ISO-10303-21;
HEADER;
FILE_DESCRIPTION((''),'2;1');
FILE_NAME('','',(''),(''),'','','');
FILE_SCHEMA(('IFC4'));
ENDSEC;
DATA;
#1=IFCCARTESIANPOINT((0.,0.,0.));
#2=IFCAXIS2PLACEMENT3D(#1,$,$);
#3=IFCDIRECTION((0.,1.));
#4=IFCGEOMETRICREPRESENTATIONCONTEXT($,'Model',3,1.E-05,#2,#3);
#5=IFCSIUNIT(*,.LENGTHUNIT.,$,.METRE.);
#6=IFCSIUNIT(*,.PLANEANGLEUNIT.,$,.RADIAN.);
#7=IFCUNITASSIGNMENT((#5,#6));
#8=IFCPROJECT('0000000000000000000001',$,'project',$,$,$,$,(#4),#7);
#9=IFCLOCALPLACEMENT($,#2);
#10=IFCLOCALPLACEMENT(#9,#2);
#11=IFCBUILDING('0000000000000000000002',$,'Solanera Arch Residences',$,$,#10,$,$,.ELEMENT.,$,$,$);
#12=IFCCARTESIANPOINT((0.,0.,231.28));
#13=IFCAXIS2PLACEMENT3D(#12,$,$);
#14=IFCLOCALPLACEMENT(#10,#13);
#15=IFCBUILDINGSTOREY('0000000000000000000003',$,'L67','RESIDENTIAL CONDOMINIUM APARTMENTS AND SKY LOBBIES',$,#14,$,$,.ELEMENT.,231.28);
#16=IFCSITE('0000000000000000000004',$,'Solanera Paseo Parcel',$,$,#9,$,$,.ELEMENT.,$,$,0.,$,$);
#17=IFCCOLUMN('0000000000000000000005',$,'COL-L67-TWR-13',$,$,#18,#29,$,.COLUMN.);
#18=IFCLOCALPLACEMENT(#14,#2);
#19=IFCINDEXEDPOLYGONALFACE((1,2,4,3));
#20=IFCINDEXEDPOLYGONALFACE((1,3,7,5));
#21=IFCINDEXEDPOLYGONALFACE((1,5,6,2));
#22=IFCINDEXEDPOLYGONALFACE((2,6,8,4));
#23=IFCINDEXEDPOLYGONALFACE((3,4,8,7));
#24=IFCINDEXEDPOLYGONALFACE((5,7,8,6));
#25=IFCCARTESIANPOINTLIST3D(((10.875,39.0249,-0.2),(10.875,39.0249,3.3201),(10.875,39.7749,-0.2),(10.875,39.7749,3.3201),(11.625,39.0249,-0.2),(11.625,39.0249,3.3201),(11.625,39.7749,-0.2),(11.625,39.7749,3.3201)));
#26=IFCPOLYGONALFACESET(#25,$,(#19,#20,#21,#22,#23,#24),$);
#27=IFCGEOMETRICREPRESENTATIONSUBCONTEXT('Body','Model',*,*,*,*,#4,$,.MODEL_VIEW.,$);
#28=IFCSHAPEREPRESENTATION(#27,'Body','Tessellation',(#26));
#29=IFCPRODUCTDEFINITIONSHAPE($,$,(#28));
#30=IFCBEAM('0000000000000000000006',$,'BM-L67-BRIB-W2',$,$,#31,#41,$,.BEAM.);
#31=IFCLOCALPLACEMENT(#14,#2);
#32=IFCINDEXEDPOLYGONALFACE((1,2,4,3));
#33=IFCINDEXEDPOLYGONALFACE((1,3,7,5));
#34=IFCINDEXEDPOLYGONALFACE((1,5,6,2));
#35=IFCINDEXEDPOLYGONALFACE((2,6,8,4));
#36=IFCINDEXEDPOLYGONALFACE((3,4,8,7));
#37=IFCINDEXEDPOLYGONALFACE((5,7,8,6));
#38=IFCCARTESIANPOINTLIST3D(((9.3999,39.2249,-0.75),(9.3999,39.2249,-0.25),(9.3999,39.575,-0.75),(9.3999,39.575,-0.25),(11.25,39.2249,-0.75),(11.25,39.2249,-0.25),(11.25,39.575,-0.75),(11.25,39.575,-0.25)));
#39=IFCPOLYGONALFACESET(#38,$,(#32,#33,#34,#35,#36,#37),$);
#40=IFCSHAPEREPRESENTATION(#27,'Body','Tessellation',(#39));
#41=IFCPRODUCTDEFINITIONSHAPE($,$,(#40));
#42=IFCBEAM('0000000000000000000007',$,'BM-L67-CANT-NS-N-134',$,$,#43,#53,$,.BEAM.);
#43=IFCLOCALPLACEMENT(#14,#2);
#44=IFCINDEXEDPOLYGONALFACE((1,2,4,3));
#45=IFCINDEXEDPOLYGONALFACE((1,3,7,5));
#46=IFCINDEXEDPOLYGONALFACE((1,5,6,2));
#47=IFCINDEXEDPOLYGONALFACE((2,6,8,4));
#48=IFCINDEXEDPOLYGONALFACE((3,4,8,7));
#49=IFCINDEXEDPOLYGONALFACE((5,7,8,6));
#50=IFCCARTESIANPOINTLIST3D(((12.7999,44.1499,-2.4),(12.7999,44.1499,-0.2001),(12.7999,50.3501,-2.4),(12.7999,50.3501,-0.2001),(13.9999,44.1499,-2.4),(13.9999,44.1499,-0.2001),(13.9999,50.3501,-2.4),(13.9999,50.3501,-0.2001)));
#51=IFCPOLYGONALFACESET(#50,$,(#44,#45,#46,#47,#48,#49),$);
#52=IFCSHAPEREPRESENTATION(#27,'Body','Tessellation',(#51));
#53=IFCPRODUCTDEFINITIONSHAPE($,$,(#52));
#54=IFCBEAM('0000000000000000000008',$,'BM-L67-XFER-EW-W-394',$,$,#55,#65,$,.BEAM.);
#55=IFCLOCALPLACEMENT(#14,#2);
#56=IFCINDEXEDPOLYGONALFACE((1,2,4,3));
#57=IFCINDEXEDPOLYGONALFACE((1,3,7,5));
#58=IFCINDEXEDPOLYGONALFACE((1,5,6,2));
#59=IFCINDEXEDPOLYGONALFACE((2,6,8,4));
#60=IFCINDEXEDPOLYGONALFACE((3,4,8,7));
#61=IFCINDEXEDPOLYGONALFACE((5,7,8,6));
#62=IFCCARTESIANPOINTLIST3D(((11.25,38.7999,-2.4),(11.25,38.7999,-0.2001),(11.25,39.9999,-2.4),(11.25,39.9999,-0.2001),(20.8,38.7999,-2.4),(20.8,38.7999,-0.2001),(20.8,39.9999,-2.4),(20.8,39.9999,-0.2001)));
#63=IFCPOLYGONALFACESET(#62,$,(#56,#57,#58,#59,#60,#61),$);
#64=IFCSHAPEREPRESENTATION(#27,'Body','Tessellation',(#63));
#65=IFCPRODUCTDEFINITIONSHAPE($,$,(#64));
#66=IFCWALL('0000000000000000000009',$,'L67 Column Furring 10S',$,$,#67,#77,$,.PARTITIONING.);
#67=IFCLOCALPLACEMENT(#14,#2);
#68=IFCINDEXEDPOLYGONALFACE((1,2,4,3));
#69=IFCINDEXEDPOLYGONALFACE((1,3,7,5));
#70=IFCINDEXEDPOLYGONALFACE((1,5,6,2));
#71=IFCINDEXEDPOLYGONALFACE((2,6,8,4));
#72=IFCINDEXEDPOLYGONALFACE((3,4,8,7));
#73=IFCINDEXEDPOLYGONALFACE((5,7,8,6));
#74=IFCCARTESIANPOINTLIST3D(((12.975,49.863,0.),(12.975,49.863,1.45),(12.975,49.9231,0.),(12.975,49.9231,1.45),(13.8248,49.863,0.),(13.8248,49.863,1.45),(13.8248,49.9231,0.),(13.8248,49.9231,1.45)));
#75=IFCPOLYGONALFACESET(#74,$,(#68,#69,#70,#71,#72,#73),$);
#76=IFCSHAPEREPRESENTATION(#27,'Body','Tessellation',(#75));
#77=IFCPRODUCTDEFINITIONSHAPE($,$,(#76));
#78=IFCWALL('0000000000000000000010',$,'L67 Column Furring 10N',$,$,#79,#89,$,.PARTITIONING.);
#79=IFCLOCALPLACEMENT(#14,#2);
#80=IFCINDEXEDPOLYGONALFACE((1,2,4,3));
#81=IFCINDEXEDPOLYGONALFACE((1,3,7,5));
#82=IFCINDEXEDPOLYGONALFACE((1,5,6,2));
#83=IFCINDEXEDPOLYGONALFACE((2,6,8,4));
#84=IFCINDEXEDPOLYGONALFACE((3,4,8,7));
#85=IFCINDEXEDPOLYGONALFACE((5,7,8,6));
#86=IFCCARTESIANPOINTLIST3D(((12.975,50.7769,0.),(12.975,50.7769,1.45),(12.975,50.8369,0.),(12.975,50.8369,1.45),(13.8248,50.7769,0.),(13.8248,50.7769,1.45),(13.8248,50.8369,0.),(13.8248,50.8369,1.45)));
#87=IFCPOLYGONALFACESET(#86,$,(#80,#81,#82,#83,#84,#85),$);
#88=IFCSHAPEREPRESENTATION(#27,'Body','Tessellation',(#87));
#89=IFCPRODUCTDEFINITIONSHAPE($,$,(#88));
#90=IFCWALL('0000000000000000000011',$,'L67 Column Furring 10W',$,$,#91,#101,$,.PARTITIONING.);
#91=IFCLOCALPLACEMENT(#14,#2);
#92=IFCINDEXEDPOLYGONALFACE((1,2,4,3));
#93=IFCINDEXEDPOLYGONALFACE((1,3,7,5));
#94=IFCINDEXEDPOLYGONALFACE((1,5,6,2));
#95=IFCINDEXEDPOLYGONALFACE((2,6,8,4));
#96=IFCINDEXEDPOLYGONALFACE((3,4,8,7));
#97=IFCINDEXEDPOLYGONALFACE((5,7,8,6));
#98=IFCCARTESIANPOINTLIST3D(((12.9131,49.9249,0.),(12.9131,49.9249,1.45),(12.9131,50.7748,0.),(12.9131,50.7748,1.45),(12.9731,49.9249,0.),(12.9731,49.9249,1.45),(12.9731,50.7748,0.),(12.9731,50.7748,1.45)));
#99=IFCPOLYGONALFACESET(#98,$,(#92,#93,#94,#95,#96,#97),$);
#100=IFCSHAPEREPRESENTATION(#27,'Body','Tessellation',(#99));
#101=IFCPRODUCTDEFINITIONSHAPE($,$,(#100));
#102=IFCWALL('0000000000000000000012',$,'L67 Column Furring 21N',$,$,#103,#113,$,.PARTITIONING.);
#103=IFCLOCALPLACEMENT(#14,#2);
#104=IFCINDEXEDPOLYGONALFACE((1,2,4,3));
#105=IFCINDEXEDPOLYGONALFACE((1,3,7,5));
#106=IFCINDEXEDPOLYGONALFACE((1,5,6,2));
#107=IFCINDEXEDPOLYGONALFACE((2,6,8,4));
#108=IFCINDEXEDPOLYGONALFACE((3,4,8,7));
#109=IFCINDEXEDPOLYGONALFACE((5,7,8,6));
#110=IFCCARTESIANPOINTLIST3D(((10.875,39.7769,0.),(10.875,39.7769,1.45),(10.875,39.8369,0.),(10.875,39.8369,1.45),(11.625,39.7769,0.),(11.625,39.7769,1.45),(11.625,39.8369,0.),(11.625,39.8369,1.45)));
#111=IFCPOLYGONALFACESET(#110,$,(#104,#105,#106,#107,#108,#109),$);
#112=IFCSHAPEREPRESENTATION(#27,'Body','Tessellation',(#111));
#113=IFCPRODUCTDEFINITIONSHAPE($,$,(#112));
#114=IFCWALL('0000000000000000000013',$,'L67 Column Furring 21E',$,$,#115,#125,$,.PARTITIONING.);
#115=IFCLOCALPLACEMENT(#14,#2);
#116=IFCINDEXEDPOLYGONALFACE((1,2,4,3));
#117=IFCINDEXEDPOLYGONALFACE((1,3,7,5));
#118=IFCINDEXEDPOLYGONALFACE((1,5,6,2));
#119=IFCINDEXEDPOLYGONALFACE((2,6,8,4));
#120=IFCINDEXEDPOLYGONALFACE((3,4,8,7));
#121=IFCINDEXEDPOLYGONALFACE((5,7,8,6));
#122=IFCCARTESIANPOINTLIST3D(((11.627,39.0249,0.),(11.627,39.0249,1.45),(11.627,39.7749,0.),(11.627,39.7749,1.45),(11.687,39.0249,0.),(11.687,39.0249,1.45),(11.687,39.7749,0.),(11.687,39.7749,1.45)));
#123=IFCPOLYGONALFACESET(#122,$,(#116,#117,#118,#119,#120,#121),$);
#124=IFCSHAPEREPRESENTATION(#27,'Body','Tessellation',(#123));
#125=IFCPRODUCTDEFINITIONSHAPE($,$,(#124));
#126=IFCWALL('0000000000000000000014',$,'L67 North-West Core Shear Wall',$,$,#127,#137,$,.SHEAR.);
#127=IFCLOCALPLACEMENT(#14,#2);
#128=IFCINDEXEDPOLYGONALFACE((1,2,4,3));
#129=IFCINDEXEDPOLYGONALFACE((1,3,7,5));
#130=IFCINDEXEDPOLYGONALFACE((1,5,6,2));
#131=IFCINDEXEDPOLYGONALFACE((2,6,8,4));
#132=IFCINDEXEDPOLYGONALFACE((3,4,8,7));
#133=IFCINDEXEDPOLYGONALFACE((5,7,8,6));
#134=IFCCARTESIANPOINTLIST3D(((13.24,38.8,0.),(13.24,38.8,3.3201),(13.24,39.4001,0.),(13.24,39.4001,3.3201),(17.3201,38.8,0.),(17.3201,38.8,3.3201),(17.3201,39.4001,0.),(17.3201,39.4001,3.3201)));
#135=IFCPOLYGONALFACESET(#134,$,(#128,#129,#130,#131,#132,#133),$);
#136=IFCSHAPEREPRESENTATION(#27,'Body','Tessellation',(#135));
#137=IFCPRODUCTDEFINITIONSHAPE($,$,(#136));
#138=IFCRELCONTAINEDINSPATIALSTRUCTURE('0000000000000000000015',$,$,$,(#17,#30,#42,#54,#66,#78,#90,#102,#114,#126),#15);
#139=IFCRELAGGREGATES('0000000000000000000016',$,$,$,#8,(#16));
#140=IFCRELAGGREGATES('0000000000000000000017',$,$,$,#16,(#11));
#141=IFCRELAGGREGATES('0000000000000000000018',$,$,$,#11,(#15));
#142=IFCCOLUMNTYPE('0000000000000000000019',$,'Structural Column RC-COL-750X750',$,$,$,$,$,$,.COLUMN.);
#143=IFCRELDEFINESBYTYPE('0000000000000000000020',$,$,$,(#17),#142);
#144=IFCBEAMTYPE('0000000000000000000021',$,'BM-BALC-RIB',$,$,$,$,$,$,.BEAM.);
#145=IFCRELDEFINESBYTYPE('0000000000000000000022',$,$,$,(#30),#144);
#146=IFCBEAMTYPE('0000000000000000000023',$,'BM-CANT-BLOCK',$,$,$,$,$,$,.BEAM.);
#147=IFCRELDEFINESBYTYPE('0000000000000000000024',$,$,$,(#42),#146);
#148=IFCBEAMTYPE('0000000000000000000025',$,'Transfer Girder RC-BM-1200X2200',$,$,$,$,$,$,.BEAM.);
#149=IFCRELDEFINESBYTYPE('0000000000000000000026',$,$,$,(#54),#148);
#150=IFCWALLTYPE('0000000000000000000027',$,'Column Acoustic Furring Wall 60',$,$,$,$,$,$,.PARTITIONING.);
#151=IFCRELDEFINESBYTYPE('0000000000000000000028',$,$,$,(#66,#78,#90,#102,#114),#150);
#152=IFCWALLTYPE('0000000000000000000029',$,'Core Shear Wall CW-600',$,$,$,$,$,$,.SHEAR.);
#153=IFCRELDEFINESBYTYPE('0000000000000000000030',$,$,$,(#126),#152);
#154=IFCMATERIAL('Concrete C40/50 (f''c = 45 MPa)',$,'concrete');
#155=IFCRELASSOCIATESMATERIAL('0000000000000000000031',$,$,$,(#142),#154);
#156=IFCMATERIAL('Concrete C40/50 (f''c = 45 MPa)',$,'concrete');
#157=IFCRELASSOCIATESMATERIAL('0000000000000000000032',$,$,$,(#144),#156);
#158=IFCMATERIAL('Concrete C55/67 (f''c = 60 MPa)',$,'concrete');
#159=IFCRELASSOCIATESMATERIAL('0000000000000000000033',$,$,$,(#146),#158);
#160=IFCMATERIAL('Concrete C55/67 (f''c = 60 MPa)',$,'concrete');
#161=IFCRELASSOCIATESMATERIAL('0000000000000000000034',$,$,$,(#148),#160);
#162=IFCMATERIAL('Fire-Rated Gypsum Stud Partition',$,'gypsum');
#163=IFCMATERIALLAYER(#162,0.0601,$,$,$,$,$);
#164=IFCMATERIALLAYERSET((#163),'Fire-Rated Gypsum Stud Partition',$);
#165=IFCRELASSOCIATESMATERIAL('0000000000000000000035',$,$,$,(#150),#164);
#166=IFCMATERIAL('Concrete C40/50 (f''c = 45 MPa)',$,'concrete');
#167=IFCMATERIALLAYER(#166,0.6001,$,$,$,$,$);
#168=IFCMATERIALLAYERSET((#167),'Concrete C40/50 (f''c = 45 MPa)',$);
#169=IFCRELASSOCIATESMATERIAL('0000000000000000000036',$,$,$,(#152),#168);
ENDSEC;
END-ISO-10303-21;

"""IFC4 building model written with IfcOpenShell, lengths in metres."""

from ifc_helpers import new_model, si_unit, direction, frame, frame_2d, origin, origin_2d, place, context, subcontext, project, spatial, rectangle, extrude, material, layer, layer_set, material_profile, profile_set, type_object, element, save


model = new_model("IFC4")

# Units and contexts
model_context = context("Model", 3, precision=1e-05, world=origin(), true_north=direction((0.0, 1.0)))
body_context = subcontext(model_context, "Body", "Model", "MODEL_VIEW")
ifc_project = project(units=[si_unit("LENGTHUNIT", "METRE"), si_unit("PLANEANGLEUNIT", "RADIAN")], contexts=[model_context])

# Site, building, storey
site_placement = place(None, origin())
site = spatial("IfcSite", under=ifc_project, at=site_placement, Name="Solanera Paseo Parcel", CompositionType="ELEMENT", RefElevation=0.0)
building_placement = place(site_placement, origin())
building = spatial("IfcBuilding", under=site, at=building_placement, Name="Solanera Arch Residences", CompositionType="ELEMENT")
storey_placement = place(building_placement, frame((0.0, 0.0, 231.28)))
storey = spatial("IfcBuildingStorey", under=building, at=storey_placement, Name="L67", Description="RESIDENTIAL CONDOMINIUM APARTMENTS AND SKY LOBBIES", CompositionType="ELEMENT", Elevation=231.28)

# Column
ifc_material_1 = material(Name="Concrete C40/50 (f'c = 45 MPa)", Category="concrete")
ifc_material_profile_1 = material_profile(ifc_material_1, rectangle(XDim=0.75, YDim=0.75, at=origin_2d()))
ifc_profile_set_1 = profile_set([ifc_material_profile_1], Name="Concrete C40/50 (f'c = 45 MPa)")
column_type = type_object("IfcColumnType", Name="Structural Column RC-COL-750X750", PredefinedType="COLUMN", material=ifc_profile_set_1)
column_placement = place(storey_placement, frame((11.25, 39.3999, -0.2), z_axis=(0.0, 0.0, 1.0), x_axis=(1.0, 0.0, 0.0)))
element("IfcColumn", 1, at=column_placement, inside=storey, type_object=column_type, Name="COL-L67-TWR-13", PredefinedType="COLUMN", context=body_context, shape_type="SweptSolid", body=[
    extrude(rectangle(XDim=0.75, YDim=0.75, at=origin_2d()), origin(), (0.0, 0.0, 1.0), 3.52),
])

# Beams
ifc_material_2 = material(Name="Concrete C40/50 (f'c = 45 MPa)", Category="concrete")
ifc_material_profile_2 = material_profile(ifc_material_2, rectangle(XDim=0.3501, YDim=0.5, at=origin_2d()))
ifc_profile_set_2 = profile_set([ifc_material_profile_2], Name="Concrete C40/50 (f'c = 45 MPa)")
beam_type_1 = type_object("IfcBeamType", Name="BM-BALC-RIB", PredefinedType="BEAM", material=ifc_profile_set_2)
beam_1_placement = place(storey_placement, frame((9.3999, 39.3999, -0.5), z_axis=(1.0, 0.0, 0.0), x_axis=(0.0, 1.0, 0.0)))
element("IfcBeam", 2, at=beam_1_placement, inside=storey, type_object=beam_type_1, Name="BM-L67-BRIB-W2", PredefinedType="BEAM", context=body_context, shape_type="SweptSolid", body=[
    extrude(rectangle(XDim=0.3501, YDim=0.5, at=origin_2d()), origin(), (0.0, 0.0, 1.0), 1.8501),
])
ifc_material_3 = material(Name="Concrete C55/67 (f'c = 60 MPa)", Category="concrete")
ifc_material_profile_3 = material_profile(ifc_material_3, rectangle(XDim=1.2, YDim=2.2, at=origin_2d()))
ifc_profile_set_3 = profile_set([ifc_material_profile_3], Name="Concrete C55/67 (f'c = 60 MPa)")
beam_type_2 = type_object("IfcBeamType", Name="BM-CANT-BLOCK", PredefinedType="BEAM", material=ifc_profile_set_3)
beam_2_placement = place(storey_placement, frame((13.3999, 44.1499, -1.3), z_axis=(0.0, 1.0, 0.0), x_axis=(-1.0, 0.0, 0.0)))
element("IfcBeam", 3, at=beam_2_placement, inside=storey, type_object=beam_type_2, Name="BM-L67-CANT-NS-N-134", PredefinedType="BEAM", context=body_context, shape_type="SweptSolid", body=[
    extrude(rectangle(XDim=1.2, YDim=2.2, at=origin_2d()), origin(), (0.0, 0.0, 1.0), 6.2002),
])
ifc_material_4 = material(Name="Concrete C55/67 (f'c = 60 MPa)", Category="concrete")
ifc_material_profile_4 = material_profile(ifc_material_4, rectangle(XDim=1.2, YDim=2.2, at=origin_2d()))
ifc_profile_set_4 = profile_set([ifc_material_profile_4], Name="Concrete C55/67 (f'c = 60 MPa)")
beam_type_3 = type_object("IfcBeamType", Name="Transfer Girder RC-BM-1200X2200", PredefinedType="BEAM", material=ifc_profile_set_4)
beam_3_placement = place(storey_placement, frame((11.25, 39.3999, -1.3), z_axis=(1.0, 0.0, 0.0), x_axis=(0.0, 1.0, 0.0)))
element("IfcBeam", 4, at=beam_3_placement, inside=storey, type_object=beam_type_3, Name="BM-L67-XFER-EW-W-394", PredefinedType="BEAM", context=body_context, shape_type="SweptSolid", body=[
    extrude(rectangle(XDim=1.2, YDim=2.2, at=origin_2d()), origin(), (0.0, 0.0, 1.0), 9.55),
])

# Walls
ifc_material_5 = material(Name="Fire-Rated Gypsum Stud Partition", Category="gypsum")
ifc_layer_1 = layer(ifc_material_5, 0.0601)
ifc_layer_set_1 = layer_set([ifc_layer_1], Name="Fire-Rated Gypsum Stud Partition")
wall_type_1 = type_object("IfcWallType", Name="Column Acoustic Furring Wall 60", PredefinedType="PARTITIONING", material=ifc_layer_set_1)
for number, where, z_axis, x_axis, name in (
    (5, (12.9751, 49.8931, 0.0), (0.0, 0.0, 1.0), (1.0, 0.0, 0.0), "L67 Column Furring 10S"),
    (6, (12.9751, 50.8069, 0.0), (0.0, 0.0, 1.0), (1.0, 0.0, 0.0), "L67 Column Furring 10N"),
    (7, (12.9431, 49.925, 0.0), (0.0, 0.0, 1.0), (0.0, 1.0, 0.0), "L67 Column Furring 10W"),
):
    element("IfcWall", number, at=place(storey_placement, frame(where, z_axis=z_axis, x_axis=x_axis)), inside=storey, type_object=wall_type_1, Name=name, PredefinedType="PARTITIONING", context=body_context, shape_type="SweptSolid", body=[
        extrude(rectangle(XDim=0.8499, YDim=0.0601, at=frame_2d((0.4248, 0.0))), origin(), (0.0, 0.0, 1.0), 1.45),
    ])
for number, where, z_axis, x_axis, name in (
    (8, (10.875, 39.8069, 0.0), (0.0, 0.0, 1.0), (1.0, 0.0, 0.0), "L67 Column Furring 21N"),
    (9, (11.657, 39.0249, 0.0), (0.0, 0.0, 1.0), (0.0, 1.0, 0.0), "L67 Column Furring 21E"),
):
    element("IfcWall", number, at=place(storey_placement, frame(where, z_axis=z_axis, x_axis=x_axis)), inside=storey, type_object=wall_type_1, Name=name, PredefinedType="PARTITIONING", context=body_context, shape_type="SweptSolid", body=[
        extrude(rectangle(XDim=0.75, YDim=0.0601, at=frame_2d((0.375, 0.0))), origin(), (0.0, 0.0, 1.0), 1.45),
    ])
ifc_material_6 = material(Name="Concrete C40/50 (f'c = 45 MPa)", Category="concrete")
ifc_layer_2 = layer(ifc_material_6, 0.6001)
ifc_layer_set_2 = layer_set([ifc_layer_2], Name="Concrete C40/50 (f'c = 45 MPa)")
wall_type_2 = type_object("IfcWallType", Name="Core Shear Wall CW-600", PredefinedType="SHEAR", material=ifc_layer_set_2)
wall_1_placement = place(storey_placement, frame((13.24, 39.1001, 0.0), z_axis=(0.0, 0.0, 1.0), x_axis=(1.0, 0.0, 0.0)))
element("IfcWall", 10, at=wall_1_placement, inside=storey, type_object=wall_type_2, Name="L67 North-West Core Shear Wall", PredefinedType="SHEAR", context=body_context, shape_type="SweptSolid", body=[
    extrude(rectangle(XDim=4.0801, YDim=0.6001, at=frame_2d((2.04, 0.0))), origin(), (0.0, 0.0, 1.0), 3.3201),
])

save(model, "model.ifc")
